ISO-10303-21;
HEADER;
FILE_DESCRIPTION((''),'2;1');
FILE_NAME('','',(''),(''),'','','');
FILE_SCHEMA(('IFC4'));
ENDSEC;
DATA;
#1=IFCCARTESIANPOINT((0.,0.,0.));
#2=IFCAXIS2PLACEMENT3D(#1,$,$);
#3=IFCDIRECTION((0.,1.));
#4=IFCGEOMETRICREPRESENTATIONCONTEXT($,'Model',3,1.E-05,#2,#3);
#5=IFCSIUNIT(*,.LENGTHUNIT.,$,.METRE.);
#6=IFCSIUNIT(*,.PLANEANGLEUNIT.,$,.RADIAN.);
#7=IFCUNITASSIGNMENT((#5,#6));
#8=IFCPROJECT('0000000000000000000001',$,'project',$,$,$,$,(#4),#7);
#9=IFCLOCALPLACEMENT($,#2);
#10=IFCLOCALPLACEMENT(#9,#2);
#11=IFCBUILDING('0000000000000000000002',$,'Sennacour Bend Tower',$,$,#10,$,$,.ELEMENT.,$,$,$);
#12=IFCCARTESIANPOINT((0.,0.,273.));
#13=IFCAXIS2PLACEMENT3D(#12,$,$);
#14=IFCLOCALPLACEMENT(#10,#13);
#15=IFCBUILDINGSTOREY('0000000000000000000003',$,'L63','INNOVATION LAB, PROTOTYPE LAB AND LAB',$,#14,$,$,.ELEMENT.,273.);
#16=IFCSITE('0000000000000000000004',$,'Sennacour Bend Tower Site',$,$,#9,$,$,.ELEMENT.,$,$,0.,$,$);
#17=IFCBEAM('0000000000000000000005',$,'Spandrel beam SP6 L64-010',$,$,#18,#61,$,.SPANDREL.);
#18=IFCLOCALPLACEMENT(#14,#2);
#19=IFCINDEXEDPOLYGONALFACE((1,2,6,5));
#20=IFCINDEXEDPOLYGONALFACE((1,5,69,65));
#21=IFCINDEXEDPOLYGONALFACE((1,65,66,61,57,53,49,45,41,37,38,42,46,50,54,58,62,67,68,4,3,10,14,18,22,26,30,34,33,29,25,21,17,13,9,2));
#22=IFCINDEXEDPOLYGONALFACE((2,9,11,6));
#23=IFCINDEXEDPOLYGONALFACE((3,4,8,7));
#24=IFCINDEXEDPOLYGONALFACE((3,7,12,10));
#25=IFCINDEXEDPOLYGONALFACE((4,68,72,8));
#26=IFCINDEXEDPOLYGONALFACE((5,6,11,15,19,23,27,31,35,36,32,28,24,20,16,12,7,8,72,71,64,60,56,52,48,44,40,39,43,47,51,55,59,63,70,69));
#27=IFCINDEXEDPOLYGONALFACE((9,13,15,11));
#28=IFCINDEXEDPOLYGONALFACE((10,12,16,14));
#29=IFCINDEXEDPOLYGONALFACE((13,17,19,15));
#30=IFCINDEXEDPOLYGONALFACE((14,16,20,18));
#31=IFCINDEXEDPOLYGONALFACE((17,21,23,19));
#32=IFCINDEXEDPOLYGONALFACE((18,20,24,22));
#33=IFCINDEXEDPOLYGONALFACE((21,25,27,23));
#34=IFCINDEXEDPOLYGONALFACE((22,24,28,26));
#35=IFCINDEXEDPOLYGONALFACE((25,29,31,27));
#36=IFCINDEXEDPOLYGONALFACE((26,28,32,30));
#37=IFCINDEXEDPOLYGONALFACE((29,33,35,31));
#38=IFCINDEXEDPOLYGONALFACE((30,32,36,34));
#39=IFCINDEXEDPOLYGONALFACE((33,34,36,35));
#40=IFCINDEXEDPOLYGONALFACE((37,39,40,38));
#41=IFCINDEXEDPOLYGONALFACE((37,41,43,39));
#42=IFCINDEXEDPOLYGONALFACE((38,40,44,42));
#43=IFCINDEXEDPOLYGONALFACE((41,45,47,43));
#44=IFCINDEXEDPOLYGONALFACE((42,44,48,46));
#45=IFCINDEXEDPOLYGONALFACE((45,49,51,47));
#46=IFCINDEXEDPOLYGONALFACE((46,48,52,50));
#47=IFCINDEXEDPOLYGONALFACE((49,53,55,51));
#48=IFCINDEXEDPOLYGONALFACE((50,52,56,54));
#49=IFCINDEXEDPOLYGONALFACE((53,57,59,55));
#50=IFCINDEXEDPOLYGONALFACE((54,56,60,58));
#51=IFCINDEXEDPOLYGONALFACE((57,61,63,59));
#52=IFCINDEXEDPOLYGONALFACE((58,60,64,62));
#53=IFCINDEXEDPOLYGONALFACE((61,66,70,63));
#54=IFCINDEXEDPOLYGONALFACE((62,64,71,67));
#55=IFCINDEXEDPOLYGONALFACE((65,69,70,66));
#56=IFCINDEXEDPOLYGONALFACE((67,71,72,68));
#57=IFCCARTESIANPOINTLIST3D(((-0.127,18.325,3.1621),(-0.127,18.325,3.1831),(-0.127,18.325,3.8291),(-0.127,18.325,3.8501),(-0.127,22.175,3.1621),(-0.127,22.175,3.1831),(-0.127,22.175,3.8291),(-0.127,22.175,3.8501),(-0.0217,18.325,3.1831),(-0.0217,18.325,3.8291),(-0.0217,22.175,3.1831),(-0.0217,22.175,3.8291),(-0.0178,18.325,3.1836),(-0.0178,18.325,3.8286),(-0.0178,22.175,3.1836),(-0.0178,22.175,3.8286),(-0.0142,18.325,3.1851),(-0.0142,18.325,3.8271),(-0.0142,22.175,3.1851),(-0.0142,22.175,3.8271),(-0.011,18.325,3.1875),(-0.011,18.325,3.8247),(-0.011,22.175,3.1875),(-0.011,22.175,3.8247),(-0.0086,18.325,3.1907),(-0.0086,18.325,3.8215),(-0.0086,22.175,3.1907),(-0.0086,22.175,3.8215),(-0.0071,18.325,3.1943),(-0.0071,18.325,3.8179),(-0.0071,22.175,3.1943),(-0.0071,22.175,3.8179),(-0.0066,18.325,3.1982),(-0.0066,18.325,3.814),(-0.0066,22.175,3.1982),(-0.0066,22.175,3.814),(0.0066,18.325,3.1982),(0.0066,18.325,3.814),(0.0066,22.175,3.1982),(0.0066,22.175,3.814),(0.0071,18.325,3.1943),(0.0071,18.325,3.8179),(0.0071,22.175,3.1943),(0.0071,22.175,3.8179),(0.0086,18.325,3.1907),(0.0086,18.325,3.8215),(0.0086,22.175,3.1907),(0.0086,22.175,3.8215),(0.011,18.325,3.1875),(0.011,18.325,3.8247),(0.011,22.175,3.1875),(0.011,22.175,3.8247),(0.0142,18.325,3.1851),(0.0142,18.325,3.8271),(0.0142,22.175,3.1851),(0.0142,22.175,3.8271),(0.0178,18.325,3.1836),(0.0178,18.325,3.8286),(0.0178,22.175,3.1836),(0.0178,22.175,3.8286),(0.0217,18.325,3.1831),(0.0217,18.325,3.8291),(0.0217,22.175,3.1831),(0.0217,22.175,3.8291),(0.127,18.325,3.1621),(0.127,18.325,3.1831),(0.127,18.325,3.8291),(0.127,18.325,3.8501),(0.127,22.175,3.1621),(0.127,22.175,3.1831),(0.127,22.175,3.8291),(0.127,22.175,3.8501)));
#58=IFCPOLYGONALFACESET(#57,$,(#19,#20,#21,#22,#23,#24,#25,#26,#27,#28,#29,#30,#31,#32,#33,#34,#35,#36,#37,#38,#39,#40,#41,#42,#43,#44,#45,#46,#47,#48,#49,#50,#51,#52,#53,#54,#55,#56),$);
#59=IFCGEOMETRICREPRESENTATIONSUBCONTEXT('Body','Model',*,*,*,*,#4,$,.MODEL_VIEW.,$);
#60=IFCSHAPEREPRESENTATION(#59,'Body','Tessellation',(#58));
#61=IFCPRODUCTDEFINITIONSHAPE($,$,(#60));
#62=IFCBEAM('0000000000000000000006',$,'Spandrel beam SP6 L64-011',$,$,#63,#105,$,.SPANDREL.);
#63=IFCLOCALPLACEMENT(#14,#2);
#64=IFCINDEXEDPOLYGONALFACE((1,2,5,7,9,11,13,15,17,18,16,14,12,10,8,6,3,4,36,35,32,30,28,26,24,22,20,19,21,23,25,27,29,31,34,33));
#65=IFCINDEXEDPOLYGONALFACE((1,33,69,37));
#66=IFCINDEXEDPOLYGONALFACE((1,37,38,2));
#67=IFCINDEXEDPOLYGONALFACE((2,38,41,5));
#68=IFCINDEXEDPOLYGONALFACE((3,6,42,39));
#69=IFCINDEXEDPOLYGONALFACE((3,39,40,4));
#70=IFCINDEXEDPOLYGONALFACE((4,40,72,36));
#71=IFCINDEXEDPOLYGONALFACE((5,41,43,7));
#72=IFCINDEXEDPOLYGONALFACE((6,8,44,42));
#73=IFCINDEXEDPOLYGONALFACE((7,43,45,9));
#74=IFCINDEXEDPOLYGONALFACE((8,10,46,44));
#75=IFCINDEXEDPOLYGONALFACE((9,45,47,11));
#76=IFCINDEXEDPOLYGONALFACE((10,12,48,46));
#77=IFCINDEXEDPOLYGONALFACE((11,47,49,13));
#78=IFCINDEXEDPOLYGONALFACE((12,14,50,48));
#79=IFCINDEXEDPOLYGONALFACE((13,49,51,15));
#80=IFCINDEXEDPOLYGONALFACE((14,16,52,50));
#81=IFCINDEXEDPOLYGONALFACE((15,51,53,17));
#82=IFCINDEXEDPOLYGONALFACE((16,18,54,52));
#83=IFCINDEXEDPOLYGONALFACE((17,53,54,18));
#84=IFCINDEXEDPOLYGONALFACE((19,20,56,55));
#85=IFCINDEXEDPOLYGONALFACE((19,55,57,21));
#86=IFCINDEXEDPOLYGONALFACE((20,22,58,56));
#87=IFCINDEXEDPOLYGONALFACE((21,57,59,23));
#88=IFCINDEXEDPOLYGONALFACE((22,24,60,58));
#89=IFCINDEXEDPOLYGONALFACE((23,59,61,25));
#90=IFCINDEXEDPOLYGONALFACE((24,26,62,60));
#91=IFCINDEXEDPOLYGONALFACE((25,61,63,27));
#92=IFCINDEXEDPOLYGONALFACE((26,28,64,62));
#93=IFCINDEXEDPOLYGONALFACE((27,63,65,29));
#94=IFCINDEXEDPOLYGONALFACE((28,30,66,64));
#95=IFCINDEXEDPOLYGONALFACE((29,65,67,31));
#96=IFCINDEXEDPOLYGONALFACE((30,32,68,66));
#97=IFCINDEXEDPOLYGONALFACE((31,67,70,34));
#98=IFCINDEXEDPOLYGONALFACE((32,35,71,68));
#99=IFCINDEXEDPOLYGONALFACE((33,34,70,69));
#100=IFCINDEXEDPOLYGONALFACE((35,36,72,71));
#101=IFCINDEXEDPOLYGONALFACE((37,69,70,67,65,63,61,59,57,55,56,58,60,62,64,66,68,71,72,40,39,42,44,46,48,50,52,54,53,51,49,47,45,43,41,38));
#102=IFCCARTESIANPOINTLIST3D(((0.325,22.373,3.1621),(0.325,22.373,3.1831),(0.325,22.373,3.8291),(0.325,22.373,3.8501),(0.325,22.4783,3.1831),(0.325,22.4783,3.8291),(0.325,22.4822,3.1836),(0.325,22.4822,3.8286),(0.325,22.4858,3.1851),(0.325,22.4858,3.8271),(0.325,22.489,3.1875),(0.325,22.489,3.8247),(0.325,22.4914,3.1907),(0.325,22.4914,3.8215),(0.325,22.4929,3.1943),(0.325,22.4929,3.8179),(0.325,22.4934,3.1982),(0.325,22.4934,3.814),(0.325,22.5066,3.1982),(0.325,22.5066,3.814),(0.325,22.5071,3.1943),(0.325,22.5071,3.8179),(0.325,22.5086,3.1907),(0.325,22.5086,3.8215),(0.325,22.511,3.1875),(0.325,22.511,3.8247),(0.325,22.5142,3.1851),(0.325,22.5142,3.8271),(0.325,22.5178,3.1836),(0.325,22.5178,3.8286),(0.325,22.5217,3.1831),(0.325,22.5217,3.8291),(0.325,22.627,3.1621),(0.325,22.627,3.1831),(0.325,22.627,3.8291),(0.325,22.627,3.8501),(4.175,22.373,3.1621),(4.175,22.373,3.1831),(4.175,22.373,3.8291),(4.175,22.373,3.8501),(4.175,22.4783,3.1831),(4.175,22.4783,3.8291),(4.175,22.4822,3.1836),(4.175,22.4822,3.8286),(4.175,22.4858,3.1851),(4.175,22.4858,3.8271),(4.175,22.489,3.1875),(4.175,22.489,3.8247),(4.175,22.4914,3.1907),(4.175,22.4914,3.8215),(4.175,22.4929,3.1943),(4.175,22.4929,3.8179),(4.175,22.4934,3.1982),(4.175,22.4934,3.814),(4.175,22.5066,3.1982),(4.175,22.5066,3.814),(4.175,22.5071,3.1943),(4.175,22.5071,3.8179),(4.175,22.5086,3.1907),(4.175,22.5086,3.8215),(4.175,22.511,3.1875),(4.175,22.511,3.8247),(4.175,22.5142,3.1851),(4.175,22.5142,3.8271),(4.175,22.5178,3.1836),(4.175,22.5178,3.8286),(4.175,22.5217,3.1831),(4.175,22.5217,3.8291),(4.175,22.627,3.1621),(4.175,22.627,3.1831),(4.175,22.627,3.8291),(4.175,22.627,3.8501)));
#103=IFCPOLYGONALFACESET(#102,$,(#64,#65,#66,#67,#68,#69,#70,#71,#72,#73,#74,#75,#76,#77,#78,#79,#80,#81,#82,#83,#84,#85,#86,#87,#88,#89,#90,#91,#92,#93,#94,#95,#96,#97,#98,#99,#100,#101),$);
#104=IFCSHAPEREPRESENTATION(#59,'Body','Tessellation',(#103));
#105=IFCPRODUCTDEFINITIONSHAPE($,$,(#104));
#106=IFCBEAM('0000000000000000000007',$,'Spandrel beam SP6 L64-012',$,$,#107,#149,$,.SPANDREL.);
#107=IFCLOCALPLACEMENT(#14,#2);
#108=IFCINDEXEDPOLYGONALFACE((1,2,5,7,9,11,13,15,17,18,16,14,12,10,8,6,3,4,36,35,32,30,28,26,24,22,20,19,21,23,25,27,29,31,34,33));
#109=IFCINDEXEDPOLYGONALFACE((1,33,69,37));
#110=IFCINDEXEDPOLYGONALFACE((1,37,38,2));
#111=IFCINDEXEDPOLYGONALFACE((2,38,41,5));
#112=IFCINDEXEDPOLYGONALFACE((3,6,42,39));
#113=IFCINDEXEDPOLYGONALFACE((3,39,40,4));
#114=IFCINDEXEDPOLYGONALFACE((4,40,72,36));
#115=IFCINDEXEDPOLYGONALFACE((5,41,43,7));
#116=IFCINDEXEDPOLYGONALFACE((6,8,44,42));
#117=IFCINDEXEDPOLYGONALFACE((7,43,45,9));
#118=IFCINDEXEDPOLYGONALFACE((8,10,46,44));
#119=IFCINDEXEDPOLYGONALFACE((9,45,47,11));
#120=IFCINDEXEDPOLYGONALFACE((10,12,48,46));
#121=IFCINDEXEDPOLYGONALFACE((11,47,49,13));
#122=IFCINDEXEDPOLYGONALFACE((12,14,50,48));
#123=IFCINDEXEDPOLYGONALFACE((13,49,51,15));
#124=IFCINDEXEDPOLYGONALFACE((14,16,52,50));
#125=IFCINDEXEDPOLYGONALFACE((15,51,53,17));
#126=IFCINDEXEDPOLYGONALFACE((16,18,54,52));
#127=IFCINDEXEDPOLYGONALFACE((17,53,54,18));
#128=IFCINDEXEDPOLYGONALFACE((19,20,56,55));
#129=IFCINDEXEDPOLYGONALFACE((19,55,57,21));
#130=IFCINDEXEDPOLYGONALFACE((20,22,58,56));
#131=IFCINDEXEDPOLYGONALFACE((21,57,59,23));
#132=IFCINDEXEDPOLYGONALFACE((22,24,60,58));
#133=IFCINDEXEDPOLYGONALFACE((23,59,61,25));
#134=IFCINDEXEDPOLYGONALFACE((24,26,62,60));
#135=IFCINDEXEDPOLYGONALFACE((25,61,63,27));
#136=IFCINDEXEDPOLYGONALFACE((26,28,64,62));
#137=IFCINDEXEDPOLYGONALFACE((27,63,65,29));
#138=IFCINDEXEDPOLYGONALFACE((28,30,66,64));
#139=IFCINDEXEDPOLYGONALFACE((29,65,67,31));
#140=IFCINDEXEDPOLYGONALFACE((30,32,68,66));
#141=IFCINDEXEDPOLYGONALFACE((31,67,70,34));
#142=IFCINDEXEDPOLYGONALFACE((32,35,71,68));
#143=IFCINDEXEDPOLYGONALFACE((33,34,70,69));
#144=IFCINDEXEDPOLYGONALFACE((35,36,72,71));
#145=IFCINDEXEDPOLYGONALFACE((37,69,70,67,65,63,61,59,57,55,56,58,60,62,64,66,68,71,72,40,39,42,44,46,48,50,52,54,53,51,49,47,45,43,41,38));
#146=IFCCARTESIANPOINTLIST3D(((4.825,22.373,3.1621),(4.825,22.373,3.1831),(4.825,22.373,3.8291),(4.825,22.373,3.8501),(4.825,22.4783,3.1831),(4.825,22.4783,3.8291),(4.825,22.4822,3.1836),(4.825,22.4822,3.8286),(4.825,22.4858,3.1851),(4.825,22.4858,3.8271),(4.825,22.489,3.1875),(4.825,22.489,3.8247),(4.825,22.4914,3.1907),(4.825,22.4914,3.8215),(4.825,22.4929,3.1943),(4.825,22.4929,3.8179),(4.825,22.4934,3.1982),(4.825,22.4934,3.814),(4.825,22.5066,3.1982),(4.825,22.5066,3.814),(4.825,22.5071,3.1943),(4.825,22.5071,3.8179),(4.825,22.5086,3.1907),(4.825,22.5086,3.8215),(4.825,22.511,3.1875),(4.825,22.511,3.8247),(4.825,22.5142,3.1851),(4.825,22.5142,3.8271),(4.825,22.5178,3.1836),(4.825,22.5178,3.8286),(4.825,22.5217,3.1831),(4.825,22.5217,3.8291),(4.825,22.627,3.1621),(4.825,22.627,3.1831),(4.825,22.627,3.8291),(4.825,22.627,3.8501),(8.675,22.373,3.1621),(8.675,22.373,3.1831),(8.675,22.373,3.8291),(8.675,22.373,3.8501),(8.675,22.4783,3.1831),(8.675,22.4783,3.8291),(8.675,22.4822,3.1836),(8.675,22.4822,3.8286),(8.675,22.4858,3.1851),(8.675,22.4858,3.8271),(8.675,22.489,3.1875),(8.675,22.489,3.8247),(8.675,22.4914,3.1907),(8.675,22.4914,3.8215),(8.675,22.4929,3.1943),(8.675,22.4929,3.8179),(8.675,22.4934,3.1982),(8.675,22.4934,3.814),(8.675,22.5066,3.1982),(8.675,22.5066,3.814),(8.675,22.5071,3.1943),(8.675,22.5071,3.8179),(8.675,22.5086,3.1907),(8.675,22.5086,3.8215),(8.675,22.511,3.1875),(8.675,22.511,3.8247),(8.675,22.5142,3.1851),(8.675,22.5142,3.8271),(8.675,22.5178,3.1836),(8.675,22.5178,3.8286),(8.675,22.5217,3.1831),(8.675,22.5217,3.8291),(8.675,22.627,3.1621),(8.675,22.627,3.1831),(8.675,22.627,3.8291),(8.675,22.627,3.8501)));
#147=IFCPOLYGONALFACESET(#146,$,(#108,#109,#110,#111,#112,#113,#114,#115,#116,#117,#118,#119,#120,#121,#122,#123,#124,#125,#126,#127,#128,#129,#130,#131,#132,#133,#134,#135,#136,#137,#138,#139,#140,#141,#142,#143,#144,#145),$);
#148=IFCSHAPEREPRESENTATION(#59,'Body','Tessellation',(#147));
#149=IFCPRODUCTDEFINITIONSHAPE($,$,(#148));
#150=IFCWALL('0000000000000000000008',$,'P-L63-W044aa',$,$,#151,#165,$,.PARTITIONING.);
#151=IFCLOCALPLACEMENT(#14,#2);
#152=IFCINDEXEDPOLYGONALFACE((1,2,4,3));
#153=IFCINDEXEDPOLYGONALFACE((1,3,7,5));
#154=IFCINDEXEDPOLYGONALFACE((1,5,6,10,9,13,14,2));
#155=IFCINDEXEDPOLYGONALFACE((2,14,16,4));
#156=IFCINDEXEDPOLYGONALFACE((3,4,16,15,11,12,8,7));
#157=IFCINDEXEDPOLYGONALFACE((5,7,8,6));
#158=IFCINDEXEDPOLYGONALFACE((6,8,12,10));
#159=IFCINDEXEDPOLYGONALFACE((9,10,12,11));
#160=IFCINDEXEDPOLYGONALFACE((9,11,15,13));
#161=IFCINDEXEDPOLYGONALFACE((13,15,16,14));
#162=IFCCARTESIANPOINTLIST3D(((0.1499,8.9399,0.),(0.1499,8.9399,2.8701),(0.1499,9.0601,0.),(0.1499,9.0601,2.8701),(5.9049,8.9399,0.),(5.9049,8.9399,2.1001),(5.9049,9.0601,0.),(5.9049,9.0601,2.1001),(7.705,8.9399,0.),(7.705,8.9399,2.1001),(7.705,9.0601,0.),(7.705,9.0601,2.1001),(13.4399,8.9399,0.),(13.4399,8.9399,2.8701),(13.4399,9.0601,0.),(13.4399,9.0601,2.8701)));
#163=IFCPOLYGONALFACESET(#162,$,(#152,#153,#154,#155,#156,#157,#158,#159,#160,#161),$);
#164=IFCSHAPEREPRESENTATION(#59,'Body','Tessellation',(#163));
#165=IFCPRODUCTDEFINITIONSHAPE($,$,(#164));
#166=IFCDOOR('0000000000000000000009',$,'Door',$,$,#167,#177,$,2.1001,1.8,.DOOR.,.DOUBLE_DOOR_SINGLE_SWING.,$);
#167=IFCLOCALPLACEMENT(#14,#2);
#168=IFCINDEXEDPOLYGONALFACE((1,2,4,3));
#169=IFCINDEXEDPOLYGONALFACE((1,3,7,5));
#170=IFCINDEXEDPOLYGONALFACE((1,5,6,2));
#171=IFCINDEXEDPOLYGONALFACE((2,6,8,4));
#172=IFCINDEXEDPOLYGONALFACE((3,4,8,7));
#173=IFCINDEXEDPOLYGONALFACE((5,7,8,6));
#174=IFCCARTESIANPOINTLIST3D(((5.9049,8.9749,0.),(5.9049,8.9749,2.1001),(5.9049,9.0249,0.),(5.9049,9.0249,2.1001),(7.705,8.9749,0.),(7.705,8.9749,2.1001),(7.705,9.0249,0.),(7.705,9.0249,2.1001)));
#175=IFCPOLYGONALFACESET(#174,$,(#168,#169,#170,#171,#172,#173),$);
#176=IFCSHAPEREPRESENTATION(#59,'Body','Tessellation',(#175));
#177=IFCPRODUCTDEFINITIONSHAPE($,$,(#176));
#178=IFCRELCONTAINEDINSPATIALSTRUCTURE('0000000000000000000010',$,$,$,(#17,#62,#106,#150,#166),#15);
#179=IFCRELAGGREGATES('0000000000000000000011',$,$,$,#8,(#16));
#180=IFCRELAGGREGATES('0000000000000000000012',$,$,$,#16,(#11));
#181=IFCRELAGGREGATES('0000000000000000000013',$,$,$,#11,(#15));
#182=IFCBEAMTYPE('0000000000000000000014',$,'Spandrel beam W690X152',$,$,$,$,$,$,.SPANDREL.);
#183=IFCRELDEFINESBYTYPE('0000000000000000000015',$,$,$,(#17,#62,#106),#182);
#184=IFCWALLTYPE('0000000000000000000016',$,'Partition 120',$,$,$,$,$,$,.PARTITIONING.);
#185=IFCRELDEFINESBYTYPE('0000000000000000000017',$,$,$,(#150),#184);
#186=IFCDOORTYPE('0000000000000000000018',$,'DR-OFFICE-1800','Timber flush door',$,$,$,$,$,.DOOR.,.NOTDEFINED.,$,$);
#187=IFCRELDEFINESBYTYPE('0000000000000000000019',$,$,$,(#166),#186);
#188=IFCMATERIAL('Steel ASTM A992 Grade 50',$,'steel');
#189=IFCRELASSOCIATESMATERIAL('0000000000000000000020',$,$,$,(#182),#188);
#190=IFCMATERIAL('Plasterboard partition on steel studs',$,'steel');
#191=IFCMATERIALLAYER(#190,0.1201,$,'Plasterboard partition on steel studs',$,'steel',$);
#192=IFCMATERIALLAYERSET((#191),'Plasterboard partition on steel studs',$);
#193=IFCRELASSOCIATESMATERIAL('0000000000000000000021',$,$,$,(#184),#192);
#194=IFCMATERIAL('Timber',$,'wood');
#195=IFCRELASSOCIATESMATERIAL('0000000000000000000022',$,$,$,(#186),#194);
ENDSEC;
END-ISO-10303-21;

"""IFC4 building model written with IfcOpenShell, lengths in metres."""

from ifc_helpers import new_model, si_unit, direction, frame, frame_2d, origin, origin_2d, place, context, subcontext, project, spatial, rectangle, i_section, extrude, material, layer, layer_set, material_profile, profile_set, type_object, element, fill, save


model = new_model("IFC4")

# Units and contexts
model_context = context("Model", 3, precision=1e-05, world=origin(), true_north=direction((0.0, 1.0)))
body_context = subcontext(model_context, "Body", "Model", "MODEL_VIEW")
ifc_project = project(units=[si_unit("LENGTHUNIT", "METRE"), si_unit("PLANEANGLEUNIT", "RADIAN")], contexts=[model_context])

# Site, building, storey
site_placement = place(None, origin())
site = spatial("IfcSite", under=ifc_project, at=site_placement, Name="Sennacour Bend Tower Site", CompositionType="ELEMENT", RefElevation=0.0)
building_placement = place(site_placement, origin())
building = spatial("IfcBuilding", under=site, at=building_placement, Name="Sennacour Bend Tower", CompositionType="ELEMENT")
storey_placement = place(building_placement, frame((0.0, 0.0, 273.0)))
storey = spatial("IfcBuildingStorey", under=building, at=storey_placement, Name="L63", Description="INNOVATION LAB, PROTOTYPE LAB AND LAB", CompositionType="ELEMENT", Elevation=273.0)

# Beams
ifc_material_1 = material(Name="Steel ASTM A992 Grade 50", Category="steel")
ifc_material_profile_1 = material_profile(ifc_material_1, i_section(OverallWidth=0.2539, OverallDepth=0.688, WebThickness=0.0132, FlangeThickness=0.021, FilletRadius=0.0151, at=origin_2d()), Name="Steel ASTM A992 Grade 50", Category="steel")
ifc_profile_set_1 = profile_set([ifc_material_profile_1], Name="Steel ASTM A992 Grade 50")
beam_type = type_object("IfcBeamType", Name="Spandrel beam W690X152", PredefinedType="SPANDREL", material=ifc_profile_set_1)
for number, where, z_axis, x_axis, name in (
    (1, (0.0, 18.325, 3.5061), (0.0, 1.0, 0.0), (-1.0, 0.0, 0.0), "Spandrel beam SP6 L64-010"),
    (2, (0.325, 22.5, 3.5061), (1.0, 0.0, 0.0), (0.0, 1.0, 0.0), "Spandrel beam SP6 L64-011"),
    (3, (4.825, 22.5, 3.5061), (1.0, 0.0, 0.0), (0.0, 1.0, 0.0), "Spandrel beam SP6 L64-012"),
):
    element("IfcBeam", number, at=place(storey_placement, frame(where, z_axis=z_axis, x_axis=x_axis)), inside=storey, type_object=beam_type, Name=name, PredefinedType="SPANDREL", context=body_context, shape_type="SweptSolid", body=[
        extrude(i_section(OverallWidth=0.2539, OverallDepth=0.688, WebThickness=0.0132, FlangeThickness=0.021, FilletRadius=0.0151, at=origin_2d()), origin(), (0.0, 0.0, 1.0), 3.8501),
    ])

# Wall, opening, door
ifc_material_2 = material(Name="Plasterboard partition on steel studs", Category="steel")
ifc_layer_1 = layer(ifc_material_2, 0.1201, Name="Plasterboard partition on steel studs", Category="steel")
ifc_layer_set_1 = layer_set([ifc_layer_1], Name="Plasterboard partition on steel studs")
wall_type_1 = type_object("IfcWallType", Name="Partition 120", PredefinedType="PARTITIONING", material=ifc_layer_set_1)
wall_1_placement = place(storey_placement, frame((0.1499, 9.0, 0.0), z_axis=(0.0, 0.0, 1.0), x_axis=(1.0, 0.0, 0.0)))
wall_1 = element("IfcWall", 4, at=wall_1_placement, inside=storey, type_object=wall_type_1, Name="P-L63-W044aa", PredefinedType="PARTITIONING", context=body_context, shape_type="SweptSolid", body=[
    extrude(rectangle(XDim=13.29, YDim=0.1201, at=frame_2d((6.645, 0.0))), origin(), (0.0, 0.0, 1.0), 2.8701),
])
opening_1_placement = place(wall_1_placement, frame((5.7551, 0.0, 0.0)))
opening_1 = element("IfcOpeningElement", 5, at=opening_1_placement, cuts=wall_1, PredefinedType="OPENING", context=body_context, shape_type="SweptSolid", body=[
    extrude(rectangle(XDim=1.8, YDim=2.1001, at=frame_2d((0.8999, 1.05))), frame((0.0, 0.0701, 0.0), z_axis=(0.0, -1.0, 0.0), x_axis=(1.0, 0.0, 0.0)), (0.0, 0.0, 1.0), 0.1401),
])
ifc_material_3 = material(Name="Timber", Category="wood")
door_type = type_object("IfcDoorType", Name="DR-OFFICE-1800", Description="Timber flush door", OperationType="NOTDEFINED", PredefinedType="DOOR", material=ifc_material_3)
door_placement = place(opening_1_placement, origin())
door = element("IfcDoor", 6, at=door_placement, inside=storey, type_object=door_type, Name="Door", OperationType="DOUBLE_DOOR_SINGLE_SWING", OverallHeight=2.1001, OverallWidth=1.8, PredefinedType="DOOR", context=body_context, shape_type="SweptSolid", body=[
    extrude(rectangle(XDim=1.8, YDim=2.1001, at=frame_2d((0.8999, 1.05))), frame((0.0, 0.0249, 0.0), z_axis=(0.0, -1.0, 0.0), x_axis=(1.0, 0.0, 0.0)), (0.0, 0.0, 1.0), 0.05),
])
fill(opening_1, door)

save(model, "model.ifc")
